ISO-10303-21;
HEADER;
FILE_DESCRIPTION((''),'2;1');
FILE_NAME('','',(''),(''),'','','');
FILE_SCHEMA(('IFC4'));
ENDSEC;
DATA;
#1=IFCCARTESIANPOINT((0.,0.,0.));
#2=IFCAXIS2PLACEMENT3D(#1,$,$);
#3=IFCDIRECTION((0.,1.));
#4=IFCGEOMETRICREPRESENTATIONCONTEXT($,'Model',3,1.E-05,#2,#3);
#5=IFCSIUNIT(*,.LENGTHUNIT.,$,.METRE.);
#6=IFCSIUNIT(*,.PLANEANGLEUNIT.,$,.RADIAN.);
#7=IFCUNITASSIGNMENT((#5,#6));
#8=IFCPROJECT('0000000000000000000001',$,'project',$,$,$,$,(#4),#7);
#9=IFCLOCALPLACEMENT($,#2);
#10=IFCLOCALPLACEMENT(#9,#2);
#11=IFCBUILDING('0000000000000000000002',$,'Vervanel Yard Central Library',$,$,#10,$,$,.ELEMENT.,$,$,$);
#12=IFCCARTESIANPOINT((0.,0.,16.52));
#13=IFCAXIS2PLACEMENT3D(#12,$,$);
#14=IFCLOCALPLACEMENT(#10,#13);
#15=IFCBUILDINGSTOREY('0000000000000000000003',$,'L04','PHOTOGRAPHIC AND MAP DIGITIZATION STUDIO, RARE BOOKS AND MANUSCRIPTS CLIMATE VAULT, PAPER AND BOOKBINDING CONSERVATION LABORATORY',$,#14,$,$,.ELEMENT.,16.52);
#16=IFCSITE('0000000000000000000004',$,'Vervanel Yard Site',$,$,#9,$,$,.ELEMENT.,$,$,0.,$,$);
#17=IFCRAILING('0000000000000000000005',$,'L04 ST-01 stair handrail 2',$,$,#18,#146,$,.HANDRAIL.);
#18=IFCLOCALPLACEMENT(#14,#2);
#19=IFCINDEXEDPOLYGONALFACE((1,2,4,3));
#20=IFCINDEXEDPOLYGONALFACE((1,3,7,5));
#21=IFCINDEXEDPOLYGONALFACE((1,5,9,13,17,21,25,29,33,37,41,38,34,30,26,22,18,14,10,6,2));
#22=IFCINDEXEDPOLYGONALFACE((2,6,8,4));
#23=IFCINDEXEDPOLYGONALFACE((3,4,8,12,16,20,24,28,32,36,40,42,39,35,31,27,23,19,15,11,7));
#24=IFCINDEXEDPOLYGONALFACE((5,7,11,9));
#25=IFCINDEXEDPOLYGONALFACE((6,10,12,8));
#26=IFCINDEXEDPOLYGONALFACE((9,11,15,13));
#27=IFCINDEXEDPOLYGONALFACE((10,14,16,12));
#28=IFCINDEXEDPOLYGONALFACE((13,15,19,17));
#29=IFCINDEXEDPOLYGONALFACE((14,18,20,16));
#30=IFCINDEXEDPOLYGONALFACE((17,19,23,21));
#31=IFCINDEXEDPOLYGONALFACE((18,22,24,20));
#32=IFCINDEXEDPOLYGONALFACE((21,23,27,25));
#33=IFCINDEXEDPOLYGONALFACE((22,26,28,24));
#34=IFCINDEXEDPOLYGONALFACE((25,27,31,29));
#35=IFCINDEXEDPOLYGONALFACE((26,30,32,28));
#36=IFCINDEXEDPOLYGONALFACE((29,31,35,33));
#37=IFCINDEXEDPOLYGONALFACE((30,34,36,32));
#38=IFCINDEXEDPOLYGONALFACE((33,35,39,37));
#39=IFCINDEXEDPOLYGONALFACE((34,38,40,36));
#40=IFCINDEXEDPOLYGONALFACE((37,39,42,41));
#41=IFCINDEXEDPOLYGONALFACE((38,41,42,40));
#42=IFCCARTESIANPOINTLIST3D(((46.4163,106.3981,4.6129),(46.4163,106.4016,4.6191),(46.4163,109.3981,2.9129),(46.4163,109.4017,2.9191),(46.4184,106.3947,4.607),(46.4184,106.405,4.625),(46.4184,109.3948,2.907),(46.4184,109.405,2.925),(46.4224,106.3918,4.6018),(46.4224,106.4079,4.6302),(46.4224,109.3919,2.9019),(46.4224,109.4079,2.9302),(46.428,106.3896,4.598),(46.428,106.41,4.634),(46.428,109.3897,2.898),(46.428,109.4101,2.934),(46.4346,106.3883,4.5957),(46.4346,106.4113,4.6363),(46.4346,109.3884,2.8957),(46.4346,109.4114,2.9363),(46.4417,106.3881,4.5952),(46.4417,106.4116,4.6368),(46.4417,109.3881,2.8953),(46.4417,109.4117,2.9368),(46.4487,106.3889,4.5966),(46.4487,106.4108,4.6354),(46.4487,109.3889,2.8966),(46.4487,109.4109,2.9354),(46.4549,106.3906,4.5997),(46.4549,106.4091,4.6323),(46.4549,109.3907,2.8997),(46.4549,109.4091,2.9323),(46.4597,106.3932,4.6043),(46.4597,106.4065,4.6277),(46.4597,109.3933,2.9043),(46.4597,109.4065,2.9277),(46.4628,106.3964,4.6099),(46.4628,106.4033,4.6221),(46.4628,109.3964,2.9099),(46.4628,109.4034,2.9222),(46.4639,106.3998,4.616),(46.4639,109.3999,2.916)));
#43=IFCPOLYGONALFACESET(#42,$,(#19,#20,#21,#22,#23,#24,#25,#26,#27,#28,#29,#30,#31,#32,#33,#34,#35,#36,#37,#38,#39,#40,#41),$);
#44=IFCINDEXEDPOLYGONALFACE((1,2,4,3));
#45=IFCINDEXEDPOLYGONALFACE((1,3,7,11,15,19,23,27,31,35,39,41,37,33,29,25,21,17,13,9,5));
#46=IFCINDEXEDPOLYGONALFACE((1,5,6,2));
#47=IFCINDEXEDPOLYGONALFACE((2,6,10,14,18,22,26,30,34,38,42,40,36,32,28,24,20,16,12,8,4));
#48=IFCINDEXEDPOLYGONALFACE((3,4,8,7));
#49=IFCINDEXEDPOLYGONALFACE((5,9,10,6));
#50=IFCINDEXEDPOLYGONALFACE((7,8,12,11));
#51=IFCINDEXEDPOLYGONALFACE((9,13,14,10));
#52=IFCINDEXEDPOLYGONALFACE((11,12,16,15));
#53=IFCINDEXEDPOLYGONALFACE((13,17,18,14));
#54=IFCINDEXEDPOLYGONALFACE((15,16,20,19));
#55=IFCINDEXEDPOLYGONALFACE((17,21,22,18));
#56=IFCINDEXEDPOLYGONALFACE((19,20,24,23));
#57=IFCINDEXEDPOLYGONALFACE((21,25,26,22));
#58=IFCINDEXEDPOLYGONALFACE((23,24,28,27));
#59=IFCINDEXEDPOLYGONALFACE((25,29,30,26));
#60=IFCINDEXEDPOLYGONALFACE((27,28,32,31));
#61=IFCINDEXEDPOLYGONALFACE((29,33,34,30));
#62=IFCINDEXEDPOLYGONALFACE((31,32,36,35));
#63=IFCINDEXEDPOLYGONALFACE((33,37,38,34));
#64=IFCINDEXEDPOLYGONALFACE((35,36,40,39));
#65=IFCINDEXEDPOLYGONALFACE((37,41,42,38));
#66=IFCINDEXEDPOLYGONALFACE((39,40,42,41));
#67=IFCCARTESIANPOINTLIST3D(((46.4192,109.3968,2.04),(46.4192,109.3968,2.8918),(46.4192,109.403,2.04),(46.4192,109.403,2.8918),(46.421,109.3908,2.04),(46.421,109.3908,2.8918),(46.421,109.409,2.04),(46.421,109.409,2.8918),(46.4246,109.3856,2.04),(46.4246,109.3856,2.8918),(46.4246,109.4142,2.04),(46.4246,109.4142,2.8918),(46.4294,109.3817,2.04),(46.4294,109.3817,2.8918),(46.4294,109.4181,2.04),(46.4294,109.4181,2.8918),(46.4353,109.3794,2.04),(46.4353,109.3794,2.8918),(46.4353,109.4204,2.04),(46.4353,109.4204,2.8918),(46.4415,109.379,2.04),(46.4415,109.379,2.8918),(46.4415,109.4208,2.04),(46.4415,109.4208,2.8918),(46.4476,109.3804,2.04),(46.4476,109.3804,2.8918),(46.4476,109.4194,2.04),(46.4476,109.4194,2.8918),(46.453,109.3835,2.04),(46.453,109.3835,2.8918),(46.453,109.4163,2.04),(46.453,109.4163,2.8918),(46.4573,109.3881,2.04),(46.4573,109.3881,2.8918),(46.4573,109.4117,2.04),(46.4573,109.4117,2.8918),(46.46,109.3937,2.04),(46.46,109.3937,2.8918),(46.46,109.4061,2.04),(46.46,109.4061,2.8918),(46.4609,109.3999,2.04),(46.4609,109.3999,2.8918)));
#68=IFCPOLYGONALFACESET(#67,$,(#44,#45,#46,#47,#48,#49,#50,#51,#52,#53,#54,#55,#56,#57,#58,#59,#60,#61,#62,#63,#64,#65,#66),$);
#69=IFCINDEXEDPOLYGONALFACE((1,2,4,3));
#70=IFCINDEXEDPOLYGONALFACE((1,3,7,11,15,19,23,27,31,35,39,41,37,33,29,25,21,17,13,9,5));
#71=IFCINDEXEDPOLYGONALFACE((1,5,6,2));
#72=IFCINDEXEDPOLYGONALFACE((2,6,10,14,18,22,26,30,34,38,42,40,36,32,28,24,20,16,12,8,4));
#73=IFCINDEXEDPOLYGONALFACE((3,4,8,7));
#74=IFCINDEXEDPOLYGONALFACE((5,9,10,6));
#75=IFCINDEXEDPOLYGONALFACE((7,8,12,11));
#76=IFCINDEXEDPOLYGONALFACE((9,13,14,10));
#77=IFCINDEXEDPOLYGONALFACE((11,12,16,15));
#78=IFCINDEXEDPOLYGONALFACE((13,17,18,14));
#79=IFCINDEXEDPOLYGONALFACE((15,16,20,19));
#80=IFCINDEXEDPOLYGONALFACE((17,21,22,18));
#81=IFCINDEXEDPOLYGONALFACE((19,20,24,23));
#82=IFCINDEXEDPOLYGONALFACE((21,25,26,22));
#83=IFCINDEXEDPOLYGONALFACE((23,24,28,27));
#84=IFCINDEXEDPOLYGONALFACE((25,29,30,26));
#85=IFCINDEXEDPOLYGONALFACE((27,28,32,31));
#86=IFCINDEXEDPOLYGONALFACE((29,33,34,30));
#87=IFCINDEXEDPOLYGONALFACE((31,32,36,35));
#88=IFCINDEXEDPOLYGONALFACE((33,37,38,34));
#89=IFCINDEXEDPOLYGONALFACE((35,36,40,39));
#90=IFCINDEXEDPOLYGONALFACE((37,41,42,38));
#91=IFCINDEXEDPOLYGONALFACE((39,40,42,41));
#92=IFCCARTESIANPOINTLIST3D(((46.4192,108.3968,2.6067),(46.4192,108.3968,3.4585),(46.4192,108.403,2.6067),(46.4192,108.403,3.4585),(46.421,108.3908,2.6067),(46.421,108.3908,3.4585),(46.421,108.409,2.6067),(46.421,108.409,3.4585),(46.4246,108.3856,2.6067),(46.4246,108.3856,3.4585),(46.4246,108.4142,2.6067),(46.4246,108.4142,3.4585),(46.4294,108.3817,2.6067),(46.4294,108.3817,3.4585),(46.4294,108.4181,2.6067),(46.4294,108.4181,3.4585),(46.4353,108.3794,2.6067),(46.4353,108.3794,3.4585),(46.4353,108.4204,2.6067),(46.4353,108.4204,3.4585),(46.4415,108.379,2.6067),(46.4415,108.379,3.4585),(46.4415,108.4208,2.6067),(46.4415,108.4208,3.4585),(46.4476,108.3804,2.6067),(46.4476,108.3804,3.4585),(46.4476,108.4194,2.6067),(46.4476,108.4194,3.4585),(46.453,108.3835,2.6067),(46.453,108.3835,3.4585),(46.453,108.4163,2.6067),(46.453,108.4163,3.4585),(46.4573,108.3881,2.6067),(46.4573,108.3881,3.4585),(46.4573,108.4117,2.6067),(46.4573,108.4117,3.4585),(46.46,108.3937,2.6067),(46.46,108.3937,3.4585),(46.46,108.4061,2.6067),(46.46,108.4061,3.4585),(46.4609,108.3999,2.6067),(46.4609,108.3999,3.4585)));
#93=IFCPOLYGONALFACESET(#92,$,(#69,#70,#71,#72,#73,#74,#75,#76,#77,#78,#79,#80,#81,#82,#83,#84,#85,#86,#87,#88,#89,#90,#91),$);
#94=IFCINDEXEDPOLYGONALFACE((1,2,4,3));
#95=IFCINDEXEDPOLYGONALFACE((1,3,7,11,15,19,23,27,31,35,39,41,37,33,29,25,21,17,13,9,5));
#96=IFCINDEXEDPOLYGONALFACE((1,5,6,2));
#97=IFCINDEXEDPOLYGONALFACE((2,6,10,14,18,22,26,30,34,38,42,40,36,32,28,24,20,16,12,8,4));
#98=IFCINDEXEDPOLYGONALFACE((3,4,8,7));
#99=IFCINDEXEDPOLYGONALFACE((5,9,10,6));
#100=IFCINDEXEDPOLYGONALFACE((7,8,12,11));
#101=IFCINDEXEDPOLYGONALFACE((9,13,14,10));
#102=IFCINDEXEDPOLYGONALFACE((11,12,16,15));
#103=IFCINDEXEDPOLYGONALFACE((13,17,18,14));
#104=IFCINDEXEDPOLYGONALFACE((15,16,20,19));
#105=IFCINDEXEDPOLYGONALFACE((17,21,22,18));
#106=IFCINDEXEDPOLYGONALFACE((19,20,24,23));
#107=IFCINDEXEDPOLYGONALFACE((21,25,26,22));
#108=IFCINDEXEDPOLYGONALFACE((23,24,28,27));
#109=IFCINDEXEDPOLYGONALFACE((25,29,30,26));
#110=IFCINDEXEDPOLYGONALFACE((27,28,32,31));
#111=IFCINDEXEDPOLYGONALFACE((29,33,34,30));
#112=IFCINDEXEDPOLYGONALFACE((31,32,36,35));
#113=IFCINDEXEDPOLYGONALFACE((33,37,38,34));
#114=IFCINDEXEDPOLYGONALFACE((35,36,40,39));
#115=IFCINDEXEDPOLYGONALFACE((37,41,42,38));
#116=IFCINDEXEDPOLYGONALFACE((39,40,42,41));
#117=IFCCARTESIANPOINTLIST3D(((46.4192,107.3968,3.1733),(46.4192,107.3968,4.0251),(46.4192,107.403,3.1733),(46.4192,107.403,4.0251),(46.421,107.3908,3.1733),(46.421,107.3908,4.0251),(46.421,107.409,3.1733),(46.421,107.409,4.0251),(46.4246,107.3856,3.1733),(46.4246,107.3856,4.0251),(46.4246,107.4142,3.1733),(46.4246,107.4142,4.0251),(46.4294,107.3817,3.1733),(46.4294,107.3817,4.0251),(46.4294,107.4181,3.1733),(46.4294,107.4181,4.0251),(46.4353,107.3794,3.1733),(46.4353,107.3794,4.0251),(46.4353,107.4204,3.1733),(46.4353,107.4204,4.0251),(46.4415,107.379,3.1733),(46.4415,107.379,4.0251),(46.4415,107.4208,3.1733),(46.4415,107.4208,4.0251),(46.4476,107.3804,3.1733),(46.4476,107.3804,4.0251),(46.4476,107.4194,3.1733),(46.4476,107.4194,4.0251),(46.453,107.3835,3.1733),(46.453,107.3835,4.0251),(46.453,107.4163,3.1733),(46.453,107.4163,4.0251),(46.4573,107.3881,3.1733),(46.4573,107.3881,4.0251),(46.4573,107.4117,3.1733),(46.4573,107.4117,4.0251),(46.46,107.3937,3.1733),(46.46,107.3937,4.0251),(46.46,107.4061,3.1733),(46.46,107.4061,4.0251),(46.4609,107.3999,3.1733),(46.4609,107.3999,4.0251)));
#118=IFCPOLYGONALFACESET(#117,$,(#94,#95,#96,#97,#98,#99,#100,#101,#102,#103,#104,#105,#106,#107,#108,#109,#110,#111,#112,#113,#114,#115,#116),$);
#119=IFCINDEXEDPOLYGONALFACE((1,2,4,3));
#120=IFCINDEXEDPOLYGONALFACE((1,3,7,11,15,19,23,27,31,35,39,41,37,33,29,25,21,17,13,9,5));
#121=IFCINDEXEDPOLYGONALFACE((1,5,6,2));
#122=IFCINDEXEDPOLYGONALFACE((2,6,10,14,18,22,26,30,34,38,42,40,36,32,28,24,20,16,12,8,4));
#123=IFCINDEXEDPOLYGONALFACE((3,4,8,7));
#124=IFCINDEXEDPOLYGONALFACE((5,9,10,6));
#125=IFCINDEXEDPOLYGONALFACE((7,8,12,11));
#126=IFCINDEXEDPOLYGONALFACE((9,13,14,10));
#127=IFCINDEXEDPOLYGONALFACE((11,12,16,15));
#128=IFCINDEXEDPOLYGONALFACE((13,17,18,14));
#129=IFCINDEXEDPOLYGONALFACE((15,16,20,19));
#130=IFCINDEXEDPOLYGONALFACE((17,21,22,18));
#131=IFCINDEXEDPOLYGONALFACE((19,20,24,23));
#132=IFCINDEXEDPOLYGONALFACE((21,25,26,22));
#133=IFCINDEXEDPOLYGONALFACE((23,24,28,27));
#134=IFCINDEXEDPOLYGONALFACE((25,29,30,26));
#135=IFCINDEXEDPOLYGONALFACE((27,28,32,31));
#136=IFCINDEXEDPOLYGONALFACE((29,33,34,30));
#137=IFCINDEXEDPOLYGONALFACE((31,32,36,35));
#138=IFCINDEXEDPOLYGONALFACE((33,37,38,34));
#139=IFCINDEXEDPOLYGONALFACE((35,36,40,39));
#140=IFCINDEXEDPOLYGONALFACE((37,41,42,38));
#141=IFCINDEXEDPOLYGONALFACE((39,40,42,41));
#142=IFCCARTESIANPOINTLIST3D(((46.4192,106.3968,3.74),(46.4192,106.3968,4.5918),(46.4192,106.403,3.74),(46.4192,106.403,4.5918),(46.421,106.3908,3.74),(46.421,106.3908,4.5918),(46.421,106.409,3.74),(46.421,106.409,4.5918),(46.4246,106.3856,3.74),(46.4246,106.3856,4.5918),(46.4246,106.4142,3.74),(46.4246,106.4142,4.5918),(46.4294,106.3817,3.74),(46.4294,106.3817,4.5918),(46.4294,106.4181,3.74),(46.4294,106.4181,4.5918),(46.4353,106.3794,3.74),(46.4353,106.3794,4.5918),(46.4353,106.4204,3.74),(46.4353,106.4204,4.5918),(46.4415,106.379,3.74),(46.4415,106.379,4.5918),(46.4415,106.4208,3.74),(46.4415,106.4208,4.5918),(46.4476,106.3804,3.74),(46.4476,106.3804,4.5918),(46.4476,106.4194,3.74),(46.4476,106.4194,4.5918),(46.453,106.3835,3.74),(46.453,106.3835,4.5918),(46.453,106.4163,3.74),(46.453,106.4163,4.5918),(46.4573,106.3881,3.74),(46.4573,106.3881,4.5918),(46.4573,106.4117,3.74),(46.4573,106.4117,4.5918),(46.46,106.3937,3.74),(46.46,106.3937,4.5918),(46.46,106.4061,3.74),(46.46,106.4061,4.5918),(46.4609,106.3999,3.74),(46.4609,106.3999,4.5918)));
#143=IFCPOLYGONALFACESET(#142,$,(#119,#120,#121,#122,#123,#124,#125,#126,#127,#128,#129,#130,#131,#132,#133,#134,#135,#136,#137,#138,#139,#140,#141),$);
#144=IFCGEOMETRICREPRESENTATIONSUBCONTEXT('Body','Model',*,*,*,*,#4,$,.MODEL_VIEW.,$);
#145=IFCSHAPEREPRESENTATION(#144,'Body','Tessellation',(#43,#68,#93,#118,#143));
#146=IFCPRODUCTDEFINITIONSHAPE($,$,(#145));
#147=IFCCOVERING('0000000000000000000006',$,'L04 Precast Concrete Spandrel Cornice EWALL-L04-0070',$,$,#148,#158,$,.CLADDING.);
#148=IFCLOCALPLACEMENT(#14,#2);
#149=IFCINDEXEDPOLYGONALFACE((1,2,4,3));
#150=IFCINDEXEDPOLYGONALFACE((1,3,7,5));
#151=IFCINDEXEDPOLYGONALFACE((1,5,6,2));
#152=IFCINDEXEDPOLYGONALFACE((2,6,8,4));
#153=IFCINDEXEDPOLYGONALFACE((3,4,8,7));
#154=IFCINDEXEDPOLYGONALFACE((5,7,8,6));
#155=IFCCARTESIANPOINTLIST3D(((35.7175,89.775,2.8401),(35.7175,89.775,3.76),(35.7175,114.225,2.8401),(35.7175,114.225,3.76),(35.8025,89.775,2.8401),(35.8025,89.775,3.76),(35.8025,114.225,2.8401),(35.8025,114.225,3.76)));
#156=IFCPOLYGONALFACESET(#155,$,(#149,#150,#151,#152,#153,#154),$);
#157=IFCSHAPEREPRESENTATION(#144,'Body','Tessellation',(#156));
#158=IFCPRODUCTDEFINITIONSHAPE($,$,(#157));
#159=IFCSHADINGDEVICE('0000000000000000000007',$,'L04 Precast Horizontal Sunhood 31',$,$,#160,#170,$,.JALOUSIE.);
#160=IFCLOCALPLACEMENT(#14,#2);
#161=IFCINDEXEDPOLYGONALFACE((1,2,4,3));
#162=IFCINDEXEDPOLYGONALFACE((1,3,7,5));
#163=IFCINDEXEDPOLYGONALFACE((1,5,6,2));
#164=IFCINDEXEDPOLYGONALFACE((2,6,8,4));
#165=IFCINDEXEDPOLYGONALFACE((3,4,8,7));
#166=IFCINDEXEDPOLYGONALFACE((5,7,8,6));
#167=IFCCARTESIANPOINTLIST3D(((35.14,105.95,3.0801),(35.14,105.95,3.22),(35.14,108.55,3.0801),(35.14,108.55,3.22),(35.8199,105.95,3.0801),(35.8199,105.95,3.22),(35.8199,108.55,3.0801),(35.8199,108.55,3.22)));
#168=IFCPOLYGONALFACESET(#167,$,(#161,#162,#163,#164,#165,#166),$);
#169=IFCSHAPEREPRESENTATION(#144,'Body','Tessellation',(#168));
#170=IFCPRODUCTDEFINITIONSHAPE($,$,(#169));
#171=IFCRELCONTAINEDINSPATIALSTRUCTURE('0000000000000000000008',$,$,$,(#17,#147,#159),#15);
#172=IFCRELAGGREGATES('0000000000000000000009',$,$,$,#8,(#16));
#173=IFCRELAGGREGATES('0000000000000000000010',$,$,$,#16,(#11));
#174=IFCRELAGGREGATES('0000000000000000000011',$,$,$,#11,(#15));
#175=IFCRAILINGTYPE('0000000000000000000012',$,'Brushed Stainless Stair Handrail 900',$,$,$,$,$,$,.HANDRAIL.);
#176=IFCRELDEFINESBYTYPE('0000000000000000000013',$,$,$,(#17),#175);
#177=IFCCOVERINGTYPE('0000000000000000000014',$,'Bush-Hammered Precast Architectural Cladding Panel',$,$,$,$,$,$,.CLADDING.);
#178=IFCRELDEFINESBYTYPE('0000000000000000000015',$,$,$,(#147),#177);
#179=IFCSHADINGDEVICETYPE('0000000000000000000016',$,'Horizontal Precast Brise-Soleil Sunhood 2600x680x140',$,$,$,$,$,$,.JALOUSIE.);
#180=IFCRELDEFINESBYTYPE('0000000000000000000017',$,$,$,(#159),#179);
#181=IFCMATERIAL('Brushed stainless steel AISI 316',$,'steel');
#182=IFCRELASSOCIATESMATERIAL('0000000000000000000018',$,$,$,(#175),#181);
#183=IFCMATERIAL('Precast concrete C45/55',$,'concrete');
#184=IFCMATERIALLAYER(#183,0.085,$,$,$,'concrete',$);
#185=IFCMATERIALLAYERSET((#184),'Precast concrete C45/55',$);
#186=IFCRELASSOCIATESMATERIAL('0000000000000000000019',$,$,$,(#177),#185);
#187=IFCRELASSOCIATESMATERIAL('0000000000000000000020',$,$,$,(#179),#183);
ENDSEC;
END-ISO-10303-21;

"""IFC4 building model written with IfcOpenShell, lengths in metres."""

from ifc_helpers import new_model, si_unit, direction, frame, origin, origin_2d, place, context, subcontext, project, spatial, rectangle, circle, extrude, material, layer, layer_set, type_object, element, save


model = new_model("IFC4")

# Units and contexts
model_context = context("Model", 3, precision=1e-05, world=origin(), true_north=direction((0.0, 1.0)))
body_context = subcontext(model_context, "Body", "Model", "MODEL_VIEW")
ifc_project = project(units=[si_unit("LENGTHUNIT", "METRE"), si_unit("PLANEANGLEUNIT", "RADIAN")], contexts=[model_context])

# Site, building, storey
site_placement = place(None, origin())
site = spatial("IfcSite", under=ifc_project, at=site_placement, Name="Vervanel Yard Site", CompositionType="ELEMENT", RefElevation=0.0)
building_placement = place(site_placement, origin())
building = spatial("IfcBuilding", under=site, at=building_placement, Name="Vervanel Yard Central Library", CompositionType="ELEMENT")
storey_placement = place(building_placement, frame((0.0, 0.0, 16.52)))
storey = spatial("IfcBuildingStorey", under=building, at=storey_placement, Name="L04", Description="PHOTOGRAPHIC AND MAP DIGITIZATION STUDIO, RARE BOOKS AND MANUSCRIPTS CLIMATE VAULT, PAPER AND BOOKBINDING CONSERVATION LABORATORY", CompositionType="ELEMENT", Elevation=16.52)

# Railing
ifc_material_1 = material(Name="Brushed stainless steel AISI 316", Category="steel")
railing_type_1 = type_object("IfcRailingType", Name="Brushed Stainless Stair Handrail 900", PredefinedType="HANDRAIL", material=ifc_material_1)
railing_1_placement = place(storey_placement, frame((46.4399, 109.3999, 2.04)))
element("IfcRailing", 1, at=railing_1_placement, inside=storey, type_object=railing_type_1, Name="L04 ST-01 stair handrail 2", PredefinedType="HANDRAIL", context=body_context, shape_type="SweptSolid", body=[
    extrude(circle(Radius=0.0239, at=origin_2d()), frame((0.0, 0.0, 0.876), z_axis=(0.0, -0.870028, 0.493002), x_axis=(1.0, 0.0, 0.0)), (0.0, 0.0, 1.0), 3.4482),
    extrude(circle(Radius=0.021, at=origin_2d()), origin(), (0.0, 0.0, 1.0), 0.8518),
    extrude(circle(Radius=0.021, at=origin_2d()), frame((0.0, -1.0, 0.5667)), (0.0, 0.0, 1.0), 0.8518),
    extrude(circle(Radius=0.021, at=origin_2d()), frame((0.0, -2.0, 1.1333)), (0.0, 0.0, 1.0), 0.8518),
    extrude(circle(Radius=0.021, at=origin_2d()), frame((0.0, -3.0, 1.7)), (0.0, 0.0, 1.0), 0.8518),
])

# Covering
ifc_material_2 = material(Name="Precast concrete C45/55", Category="concrete")
ifc_layer_1 = layer(ifc_material_2, 0.085, Category="concrete")
ifc_layer_set_1 = layer_set([ifc_layer_1], Name="Precast concrete C45/55")
covering_type = type_object("IfcCoveringType", Name="Bush-Hammered Precast Architectural Cladding Panel", PredefinedType="CLADDING", material=ifc_layer_set_1)
covering_placement = place(storey_placement, frame((35.76, 102.0, 2.8401), z_axis=(0.0, 0.0, 1.0), x_axis=(0.0, 1.0, 0.0)))
element("IfcCovering", 2, at=covering_placement, inside=storey, type_object=covering_type, Name="L04 Precast Concrete Spandrel Cornice EWALL-L04-0070", PredefinedType="CLADDING", context=body_context, shape_type="SweptSolid", body=[
    extrude(rectangle(XDim=24.45, YDim=0.085, at=origin_2d()), origin(), (0.0, 0.0, 1.0), 0.9199),
])

# Shading device
shading_device_type_1 = type_object("IfcShadingDeviceType", Name="Horizontal Precast Brise-Soleil Sunhood 2600x680x140", PredefinedType="JALOUSIE", material=ifc_material_2)
shading_device_1_placement = place(storey_placement, frame((35.48, 107.25, 3.0801), z_axis=(0.0, 0.0, 1.0), x_axis=(0.0, 1.0, 0.0)))
element("IfcShadingDevice", 3, at=shading_device_1_placement, inside=storey, type_object=shading_device_type_1, Name="L04 Precast Horizontal Sunhood 31", PredefinedType="JALOUSIE", context=body_context, shape_type="SweptSolid", body=[
    extrude(rectangle(XDim=2.6001, YDim=0.6799, at=origin_2d()), origin(), (0.0, 0.0, 1.0), 0.1399),
])

save(model, "model.ifc")
